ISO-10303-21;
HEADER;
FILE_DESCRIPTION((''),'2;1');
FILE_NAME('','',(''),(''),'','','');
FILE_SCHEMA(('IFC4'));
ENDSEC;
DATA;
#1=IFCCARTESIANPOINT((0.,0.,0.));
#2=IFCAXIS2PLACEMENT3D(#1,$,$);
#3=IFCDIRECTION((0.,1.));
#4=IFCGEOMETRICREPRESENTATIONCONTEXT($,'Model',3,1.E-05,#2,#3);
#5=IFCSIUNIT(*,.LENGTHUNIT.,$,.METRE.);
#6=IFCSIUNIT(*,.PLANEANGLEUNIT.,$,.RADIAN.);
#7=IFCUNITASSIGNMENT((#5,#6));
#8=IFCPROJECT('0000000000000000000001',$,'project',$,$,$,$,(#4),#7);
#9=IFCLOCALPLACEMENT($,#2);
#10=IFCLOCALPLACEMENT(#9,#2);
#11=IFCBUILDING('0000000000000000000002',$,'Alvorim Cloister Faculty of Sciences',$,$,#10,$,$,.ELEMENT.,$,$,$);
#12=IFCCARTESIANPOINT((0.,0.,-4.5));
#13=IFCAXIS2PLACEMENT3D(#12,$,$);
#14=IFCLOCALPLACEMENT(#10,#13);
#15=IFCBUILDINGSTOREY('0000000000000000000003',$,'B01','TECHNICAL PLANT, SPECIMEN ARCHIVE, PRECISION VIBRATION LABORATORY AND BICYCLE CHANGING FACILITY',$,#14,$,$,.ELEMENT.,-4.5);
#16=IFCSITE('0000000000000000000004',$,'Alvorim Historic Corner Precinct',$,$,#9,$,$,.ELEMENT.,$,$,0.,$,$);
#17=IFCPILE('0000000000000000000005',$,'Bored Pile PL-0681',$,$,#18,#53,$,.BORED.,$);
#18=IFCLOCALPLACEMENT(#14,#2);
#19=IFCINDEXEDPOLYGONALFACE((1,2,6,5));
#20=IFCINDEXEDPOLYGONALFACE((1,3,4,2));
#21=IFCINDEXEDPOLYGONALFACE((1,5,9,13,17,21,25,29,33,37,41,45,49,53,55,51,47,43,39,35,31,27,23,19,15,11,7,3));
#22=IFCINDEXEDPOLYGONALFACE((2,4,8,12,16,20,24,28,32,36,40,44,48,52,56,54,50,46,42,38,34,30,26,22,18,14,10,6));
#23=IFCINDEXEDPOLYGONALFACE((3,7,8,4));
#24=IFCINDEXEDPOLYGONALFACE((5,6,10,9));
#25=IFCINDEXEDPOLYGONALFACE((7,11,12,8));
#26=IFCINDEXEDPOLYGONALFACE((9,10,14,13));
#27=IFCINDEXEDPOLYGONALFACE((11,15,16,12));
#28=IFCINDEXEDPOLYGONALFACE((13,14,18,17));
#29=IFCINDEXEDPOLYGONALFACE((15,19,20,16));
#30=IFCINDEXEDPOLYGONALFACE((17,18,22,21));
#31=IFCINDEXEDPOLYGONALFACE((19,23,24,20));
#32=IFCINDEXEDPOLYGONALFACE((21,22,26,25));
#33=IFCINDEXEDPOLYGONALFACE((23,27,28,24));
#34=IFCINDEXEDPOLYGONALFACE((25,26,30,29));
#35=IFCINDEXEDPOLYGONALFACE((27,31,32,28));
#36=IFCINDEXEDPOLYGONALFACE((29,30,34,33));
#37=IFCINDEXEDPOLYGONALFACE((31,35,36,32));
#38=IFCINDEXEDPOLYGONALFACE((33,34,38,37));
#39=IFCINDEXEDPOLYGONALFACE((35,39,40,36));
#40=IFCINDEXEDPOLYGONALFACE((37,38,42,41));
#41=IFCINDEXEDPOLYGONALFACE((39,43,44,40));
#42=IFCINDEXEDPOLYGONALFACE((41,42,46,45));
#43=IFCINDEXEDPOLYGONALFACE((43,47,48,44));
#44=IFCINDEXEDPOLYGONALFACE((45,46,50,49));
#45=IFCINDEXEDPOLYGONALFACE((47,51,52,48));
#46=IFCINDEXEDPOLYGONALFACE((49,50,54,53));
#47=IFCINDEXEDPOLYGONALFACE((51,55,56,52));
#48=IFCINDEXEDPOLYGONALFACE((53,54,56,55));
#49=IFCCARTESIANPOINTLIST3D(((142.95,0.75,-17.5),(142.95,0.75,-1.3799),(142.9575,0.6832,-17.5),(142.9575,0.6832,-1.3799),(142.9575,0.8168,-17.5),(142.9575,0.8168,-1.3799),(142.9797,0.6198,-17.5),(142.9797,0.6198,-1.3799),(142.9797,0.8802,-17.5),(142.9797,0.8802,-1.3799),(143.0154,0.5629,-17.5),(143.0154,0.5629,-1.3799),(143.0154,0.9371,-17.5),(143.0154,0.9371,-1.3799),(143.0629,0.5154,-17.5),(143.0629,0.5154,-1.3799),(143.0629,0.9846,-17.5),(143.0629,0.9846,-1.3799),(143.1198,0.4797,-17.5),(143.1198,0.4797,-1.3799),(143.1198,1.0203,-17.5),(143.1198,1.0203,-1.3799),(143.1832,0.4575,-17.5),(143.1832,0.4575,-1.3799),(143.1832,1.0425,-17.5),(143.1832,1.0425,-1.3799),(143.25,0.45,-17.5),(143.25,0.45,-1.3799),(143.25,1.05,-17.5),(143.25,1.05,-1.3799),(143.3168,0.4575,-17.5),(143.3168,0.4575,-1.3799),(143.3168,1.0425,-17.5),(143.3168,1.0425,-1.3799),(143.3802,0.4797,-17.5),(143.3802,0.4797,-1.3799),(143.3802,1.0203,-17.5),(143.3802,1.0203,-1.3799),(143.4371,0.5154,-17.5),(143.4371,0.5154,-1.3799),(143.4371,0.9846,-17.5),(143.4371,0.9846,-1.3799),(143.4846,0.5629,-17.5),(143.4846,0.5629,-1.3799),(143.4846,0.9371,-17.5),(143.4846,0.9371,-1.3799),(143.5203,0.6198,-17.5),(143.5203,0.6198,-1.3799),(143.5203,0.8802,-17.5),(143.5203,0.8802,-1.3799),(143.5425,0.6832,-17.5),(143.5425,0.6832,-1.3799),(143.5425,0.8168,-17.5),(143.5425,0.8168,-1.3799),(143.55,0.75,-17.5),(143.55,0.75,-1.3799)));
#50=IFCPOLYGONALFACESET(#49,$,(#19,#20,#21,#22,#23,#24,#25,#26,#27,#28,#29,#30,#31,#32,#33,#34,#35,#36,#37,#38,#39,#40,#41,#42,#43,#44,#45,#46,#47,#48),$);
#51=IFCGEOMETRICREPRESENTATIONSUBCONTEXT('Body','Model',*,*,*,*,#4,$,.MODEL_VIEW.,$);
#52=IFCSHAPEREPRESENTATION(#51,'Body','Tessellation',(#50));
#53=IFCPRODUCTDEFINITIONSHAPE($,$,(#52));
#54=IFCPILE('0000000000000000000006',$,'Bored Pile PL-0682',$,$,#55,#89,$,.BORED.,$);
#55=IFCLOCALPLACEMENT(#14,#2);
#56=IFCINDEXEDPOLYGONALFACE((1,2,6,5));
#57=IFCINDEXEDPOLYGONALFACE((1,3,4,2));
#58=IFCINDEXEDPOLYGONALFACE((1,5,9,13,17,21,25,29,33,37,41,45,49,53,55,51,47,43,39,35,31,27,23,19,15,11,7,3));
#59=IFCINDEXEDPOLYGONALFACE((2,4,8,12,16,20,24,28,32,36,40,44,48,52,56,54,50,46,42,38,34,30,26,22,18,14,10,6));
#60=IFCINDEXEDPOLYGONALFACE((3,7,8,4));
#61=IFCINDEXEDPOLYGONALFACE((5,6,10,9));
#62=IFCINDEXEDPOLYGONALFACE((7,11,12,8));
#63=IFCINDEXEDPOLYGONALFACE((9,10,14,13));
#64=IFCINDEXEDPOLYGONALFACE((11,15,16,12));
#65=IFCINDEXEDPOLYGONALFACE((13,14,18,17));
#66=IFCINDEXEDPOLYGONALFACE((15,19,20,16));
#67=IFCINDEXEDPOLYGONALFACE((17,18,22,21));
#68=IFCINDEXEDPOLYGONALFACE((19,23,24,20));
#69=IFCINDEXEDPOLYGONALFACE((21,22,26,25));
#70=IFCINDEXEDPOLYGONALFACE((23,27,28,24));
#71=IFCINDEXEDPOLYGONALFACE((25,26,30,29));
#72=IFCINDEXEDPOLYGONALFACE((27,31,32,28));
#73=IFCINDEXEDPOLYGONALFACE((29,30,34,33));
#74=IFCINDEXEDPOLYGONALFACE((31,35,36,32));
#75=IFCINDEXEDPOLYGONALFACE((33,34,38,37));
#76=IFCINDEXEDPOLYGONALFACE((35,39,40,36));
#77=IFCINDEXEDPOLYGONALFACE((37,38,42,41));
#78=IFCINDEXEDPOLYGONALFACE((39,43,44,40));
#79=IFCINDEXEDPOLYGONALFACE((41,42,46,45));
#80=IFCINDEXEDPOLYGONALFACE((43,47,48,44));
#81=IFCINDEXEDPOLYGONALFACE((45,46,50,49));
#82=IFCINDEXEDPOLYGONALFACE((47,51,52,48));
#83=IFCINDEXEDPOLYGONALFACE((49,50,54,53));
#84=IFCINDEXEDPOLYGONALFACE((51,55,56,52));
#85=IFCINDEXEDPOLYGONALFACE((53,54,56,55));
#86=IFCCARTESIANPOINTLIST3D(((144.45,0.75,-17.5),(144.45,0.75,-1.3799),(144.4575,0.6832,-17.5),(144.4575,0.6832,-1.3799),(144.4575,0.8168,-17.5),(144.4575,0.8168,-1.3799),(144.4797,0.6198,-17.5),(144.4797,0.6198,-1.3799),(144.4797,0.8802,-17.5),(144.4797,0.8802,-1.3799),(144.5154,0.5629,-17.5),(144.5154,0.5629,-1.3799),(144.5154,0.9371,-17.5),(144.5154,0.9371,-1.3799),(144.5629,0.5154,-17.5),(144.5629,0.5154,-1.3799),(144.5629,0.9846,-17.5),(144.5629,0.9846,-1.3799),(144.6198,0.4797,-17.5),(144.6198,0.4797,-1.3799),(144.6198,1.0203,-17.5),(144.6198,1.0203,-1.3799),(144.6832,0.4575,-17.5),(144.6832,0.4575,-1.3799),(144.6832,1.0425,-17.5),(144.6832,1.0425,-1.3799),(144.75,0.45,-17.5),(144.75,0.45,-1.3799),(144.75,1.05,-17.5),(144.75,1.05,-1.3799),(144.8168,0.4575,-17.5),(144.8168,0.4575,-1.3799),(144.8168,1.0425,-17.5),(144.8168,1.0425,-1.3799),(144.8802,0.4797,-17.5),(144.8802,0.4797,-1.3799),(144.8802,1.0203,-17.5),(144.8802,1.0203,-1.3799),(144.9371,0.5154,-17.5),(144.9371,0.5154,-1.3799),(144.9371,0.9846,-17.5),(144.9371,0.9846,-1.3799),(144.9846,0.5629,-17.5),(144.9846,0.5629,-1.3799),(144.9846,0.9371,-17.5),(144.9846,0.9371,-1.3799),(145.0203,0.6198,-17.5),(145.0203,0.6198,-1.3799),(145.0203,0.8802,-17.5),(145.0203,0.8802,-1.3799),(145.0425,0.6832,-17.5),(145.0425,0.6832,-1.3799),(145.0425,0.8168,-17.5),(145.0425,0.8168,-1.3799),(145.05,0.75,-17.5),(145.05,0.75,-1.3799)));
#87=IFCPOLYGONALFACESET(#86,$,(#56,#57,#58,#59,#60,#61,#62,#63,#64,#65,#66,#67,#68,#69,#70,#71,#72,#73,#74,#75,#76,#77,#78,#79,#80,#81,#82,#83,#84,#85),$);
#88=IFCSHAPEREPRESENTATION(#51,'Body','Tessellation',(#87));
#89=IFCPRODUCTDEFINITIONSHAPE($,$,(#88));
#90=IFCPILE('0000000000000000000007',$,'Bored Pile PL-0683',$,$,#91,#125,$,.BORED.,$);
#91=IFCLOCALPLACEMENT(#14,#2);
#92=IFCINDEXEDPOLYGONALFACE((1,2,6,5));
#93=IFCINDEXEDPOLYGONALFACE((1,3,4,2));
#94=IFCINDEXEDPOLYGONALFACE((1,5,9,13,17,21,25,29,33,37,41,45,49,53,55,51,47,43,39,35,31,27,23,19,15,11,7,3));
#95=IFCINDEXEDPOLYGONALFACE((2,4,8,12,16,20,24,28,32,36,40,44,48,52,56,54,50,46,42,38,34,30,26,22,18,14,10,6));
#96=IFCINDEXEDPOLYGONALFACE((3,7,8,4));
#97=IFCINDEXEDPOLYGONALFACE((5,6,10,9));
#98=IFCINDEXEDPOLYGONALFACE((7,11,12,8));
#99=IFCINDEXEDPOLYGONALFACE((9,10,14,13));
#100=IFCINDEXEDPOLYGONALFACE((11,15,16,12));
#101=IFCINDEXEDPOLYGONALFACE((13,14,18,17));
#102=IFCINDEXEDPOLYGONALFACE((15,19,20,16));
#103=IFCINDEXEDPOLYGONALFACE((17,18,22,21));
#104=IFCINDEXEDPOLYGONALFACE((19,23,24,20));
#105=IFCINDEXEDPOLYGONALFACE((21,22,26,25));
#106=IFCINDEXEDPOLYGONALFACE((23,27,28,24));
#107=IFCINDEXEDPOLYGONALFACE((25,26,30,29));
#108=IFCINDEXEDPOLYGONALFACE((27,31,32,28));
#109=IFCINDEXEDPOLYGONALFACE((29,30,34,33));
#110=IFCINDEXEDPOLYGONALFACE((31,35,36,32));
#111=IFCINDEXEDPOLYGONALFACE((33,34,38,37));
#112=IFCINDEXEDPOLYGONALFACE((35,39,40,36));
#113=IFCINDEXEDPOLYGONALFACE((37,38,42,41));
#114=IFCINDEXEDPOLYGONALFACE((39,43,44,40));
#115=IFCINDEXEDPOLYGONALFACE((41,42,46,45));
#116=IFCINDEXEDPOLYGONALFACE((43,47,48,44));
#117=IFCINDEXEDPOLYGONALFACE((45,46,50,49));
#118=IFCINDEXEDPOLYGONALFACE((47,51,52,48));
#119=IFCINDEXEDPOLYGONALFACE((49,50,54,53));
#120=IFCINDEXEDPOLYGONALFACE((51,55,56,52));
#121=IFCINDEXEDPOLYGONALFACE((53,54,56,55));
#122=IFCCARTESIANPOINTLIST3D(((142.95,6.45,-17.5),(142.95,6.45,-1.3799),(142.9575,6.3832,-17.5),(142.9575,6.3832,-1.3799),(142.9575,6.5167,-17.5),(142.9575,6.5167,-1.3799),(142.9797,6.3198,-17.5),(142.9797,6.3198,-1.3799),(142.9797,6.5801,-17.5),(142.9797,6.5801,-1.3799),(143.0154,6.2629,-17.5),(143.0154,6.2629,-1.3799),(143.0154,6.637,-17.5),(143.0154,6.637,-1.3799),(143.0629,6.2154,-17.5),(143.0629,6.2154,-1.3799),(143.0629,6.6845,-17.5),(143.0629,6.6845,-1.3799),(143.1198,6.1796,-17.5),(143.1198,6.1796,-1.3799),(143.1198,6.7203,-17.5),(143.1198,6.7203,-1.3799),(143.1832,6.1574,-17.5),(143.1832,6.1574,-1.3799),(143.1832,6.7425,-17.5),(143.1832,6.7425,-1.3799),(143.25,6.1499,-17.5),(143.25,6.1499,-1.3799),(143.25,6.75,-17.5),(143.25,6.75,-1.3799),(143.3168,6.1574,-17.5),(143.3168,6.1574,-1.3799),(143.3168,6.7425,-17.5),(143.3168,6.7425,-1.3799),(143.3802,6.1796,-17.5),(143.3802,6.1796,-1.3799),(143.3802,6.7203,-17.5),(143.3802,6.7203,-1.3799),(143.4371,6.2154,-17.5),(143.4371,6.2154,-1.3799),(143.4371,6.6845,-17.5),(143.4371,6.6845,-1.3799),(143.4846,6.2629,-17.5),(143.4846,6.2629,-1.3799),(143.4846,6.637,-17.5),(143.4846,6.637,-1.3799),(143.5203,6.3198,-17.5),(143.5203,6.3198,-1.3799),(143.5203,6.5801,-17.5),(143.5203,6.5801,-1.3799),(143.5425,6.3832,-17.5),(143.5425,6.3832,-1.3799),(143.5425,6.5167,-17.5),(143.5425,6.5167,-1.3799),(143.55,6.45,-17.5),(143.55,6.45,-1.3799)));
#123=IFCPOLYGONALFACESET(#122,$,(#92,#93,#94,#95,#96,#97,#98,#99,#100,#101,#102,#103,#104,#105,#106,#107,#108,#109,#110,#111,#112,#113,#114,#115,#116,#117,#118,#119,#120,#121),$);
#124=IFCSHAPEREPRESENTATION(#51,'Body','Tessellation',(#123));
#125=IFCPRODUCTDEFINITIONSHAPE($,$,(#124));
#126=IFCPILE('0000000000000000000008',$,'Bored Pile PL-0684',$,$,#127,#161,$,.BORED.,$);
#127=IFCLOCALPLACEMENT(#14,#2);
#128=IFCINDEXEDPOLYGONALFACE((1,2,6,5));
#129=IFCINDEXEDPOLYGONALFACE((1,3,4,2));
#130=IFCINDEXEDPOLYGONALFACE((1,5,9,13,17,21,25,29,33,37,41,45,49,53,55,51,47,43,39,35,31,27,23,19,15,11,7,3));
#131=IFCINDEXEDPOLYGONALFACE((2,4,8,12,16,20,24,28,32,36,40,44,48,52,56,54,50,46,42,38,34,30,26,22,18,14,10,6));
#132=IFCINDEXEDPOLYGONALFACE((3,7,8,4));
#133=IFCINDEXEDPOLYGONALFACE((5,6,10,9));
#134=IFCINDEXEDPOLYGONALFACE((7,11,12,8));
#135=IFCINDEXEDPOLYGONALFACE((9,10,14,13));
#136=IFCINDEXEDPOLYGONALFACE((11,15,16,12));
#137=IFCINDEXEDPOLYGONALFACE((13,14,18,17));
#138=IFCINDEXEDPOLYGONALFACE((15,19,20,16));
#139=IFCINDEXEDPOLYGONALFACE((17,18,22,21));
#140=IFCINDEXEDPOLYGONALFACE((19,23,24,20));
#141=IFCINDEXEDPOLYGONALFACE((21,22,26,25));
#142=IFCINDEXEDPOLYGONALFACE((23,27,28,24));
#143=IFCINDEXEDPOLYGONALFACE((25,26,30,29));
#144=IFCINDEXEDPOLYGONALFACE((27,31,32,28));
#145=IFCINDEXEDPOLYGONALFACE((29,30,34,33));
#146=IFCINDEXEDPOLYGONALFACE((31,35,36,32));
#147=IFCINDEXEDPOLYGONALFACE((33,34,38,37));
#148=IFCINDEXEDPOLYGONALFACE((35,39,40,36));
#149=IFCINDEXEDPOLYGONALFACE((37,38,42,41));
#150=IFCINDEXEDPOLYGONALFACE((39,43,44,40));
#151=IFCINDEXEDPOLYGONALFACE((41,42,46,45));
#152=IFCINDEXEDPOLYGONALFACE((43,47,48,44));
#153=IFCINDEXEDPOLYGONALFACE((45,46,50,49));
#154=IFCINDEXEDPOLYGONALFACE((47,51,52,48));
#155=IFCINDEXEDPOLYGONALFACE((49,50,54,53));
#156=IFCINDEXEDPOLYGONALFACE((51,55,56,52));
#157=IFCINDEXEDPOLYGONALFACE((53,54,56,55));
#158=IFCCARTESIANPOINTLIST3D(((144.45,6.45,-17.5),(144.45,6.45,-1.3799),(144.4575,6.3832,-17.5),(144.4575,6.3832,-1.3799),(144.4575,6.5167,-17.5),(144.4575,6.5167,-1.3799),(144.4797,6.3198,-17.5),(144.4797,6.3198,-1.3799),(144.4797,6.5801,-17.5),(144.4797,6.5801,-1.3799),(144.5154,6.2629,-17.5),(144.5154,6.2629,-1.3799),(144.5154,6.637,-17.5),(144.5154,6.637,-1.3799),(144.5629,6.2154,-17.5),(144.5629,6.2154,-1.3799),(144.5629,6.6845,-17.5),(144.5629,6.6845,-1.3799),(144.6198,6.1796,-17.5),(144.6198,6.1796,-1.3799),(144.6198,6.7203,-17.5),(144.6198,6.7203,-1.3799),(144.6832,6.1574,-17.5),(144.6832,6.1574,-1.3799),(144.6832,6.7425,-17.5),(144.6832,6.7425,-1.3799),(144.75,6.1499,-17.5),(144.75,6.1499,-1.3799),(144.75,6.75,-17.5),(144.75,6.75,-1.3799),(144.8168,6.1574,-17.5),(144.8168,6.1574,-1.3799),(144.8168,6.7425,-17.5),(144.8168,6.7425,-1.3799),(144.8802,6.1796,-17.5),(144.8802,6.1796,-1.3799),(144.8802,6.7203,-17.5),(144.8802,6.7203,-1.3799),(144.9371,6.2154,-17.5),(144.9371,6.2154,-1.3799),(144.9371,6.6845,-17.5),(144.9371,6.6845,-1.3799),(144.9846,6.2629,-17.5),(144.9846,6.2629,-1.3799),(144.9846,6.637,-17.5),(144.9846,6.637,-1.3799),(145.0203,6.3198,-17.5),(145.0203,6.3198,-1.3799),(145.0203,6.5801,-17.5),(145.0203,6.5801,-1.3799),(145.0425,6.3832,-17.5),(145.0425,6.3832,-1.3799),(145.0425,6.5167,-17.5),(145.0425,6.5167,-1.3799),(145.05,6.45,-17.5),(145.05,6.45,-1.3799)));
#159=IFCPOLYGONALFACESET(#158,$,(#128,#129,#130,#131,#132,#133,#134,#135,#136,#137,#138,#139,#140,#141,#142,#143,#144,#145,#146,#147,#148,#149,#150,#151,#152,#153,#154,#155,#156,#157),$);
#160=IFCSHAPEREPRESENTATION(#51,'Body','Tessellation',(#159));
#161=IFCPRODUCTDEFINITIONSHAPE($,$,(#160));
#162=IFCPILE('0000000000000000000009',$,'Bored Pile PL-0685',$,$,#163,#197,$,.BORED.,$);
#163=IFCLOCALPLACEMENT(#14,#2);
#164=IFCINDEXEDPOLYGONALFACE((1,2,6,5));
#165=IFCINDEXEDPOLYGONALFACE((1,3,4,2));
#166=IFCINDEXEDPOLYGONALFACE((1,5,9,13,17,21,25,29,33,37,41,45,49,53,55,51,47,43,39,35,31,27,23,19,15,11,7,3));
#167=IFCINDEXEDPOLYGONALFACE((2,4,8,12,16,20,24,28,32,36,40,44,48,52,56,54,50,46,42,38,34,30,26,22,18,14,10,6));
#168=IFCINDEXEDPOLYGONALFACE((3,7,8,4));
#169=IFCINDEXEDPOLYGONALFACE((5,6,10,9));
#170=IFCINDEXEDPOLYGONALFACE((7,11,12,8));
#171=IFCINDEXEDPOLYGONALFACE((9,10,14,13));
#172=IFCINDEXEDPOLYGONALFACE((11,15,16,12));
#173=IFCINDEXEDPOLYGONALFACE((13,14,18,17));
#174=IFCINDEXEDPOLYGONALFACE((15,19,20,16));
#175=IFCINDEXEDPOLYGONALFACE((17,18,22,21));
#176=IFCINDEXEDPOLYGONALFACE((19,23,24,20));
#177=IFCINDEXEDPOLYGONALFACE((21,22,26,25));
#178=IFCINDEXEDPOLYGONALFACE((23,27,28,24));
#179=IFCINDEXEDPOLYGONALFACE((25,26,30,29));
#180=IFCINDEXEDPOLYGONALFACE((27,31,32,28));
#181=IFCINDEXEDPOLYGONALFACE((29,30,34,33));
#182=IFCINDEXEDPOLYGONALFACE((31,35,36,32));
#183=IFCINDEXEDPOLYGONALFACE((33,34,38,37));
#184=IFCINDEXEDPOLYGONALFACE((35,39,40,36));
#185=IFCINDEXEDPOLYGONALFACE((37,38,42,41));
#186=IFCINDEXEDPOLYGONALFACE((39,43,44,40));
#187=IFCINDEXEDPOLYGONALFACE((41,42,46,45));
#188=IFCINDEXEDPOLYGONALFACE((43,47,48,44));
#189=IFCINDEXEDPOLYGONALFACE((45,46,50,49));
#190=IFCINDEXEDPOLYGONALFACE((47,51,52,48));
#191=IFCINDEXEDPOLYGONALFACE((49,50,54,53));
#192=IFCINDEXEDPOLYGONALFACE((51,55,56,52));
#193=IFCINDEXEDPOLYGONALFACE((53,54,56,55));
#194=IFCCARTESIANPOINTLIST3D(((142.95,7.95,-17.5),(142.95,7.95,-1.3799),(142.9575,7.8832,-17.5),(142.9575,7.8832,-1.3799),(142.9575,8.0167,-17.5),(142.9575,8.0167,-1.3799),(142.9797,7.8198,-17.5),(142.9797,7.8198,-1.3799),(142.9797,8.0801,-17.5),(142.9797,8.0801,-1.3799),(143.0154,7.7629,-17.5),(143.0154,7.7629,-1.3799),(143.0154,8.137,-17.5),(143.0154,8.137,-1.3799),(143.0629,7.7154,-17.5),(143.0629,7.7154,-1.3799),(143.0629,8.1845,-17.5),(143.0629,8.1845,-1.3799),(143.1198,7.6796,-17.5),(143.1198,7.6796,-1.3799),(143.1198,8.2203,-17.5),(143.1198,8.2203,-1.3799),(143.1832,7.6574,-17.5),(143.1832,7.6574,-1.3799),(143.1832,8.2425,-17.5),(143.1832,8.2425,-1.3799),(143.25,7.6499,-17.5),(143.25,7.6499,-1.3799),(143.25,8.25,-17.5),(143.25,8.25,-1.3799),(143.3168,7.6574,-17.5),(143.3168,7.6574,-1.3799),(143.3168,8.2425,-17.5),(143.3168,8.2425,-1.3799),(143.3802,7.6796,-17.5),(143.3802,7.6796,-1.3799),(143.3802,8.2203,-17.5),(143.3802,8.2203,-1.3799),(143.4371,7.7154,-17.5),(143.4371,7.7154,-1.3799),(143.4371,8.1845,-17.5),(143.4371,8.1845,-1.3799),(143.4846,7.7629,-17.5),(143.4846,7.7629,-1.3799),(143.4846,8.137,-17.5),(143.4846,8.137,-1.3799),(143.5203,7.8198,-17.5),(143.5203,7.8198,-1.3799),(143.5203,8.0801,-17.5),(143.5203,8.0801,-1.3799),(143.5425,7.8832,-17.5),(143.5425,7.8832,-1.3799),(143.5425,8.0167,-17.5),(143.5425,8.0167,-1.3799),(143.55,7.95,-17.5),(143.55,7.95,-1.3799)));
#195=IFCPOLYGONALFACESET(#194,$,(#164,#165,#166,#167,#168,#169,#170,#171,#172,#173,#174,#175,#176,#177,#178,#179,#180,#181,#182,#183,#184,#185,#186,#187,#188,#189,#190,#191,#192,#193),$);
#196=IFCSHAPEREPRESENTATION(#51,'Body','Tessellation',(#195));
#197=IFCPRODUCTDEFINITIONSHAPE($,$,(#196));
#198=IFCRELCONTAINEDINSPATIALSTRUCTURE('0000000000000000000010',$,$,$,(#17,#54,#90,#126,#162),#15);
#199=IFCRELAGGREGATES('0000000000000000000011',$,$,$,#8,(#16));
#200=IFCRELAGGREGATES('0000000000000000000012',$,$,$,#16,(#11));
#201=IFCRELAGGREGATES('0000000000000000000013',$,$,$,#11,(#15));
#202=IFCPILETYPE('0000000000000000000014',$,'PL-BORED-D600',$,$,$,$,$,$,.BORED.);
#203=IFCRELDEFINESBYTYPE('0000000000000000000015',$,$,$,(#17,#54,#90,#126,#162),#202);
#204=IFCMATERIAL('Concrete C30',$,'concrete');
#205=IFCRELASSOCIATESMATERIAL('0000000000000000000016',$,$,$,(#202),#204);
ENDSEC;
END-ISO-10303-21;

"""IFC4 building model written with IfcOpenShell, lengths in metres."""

from ifc_helpers import new_model, si_unit, direction, frame, origin, origin_2d, place, context, subcontext, project, spatial, circle, extrude, material, material_profile, profile_set, type_object, element, save


model = new_model("IFC4")

# Units and contexts
model_context = context("Model", 3, precision=1e-05, world=origin(), true_north=direction((0.0, 1.0)))
body_context = subcontext(model_context, "Body", "Model", "MODEL_VIEW")
ifc_project = project(units=[si_unit("LENGTHUNIT", "METRE"), si_unit("PLANEANGLEUNIT", "RADIAN")], contexts=[model_context])

# Site, building, storey
site_placement = place(None, origin())
site = spatial("IfcSite", under=ifc_project, at=site_placement, Name="Alvorim Historic Corner Precinct", CompositionType="ELEMENT", RefElevation=0.0)
building_placement = place(site_placement, origin())
building = spatial("IfcBuilding", under=site, at=building_placement, Name="Alvorim Cloister Faculty of Sciences", CompositionType="ELEMENT")
storey_placement = place(building_placement, frame((0.0, 0.0, -4.5)))
storey = spatial("IfcBuildingStorey", under=building, at=storey_placement, Name="B01", Description="TECHNICAL PLANT, SPECIMEN ARCHIVE, PRECISION VIBRATION LABORATORY AND BICYCLE CHANGING FACILITY", CompositionType="ELEMENT", Elevation=-4.5)

# Piles
ifc_material_1 = material(Name="Concrete C30", Category="concrete")
ifc_material_profile_1 = material_profile(ifc_material_1, circle(Radius=0.3, at=origin_2d()), Name="PILE-D600")
ifc_profile_set_1 = profile_set([ifc_material_profile_1], Name="Concrete C30")
pile_type = type_object("IfcPileType", Name="PL-BORED-D600", PredefinedType="BORED", material=ifc_profile_set_1)
for number, where, z_axis, x_axis, name in (
    (1, (143.25, 0.75, -1.3799), (0.0, 0.0, -1.0), (1.0, 0.0, 0.0), "Bored Pile PL-0681"),
    (2, (144.75, 0.75, -1.3799), (0.0, 0.0, -1.0), (1.0, 0.0, 0.0), "Bored Pile PL-0682"),
    (3, (143.25, 6.45, -1.3799), (0.0, 0.0, -1.0), (1.0, 0.0, 0.0), "Bored Pile PL-0683"),
    (4, (144.75, 6.45, -1.3799), (0.0, 0.0, -1.0), (1.0, 0.0, 0.0), "Bored Pile PL-0684"),
    (5, (143.25, 7.95, -1.3799), (0.0, 0.0, -1.0), (1.0, 0.0, 0.0), "Bored Pile PL-0685"),
):
    element("IfcPile", number, at=place(storey_placement, frame(where, z_axis=z_axis, x_axis=x_axis)), inside=storey, type_object=pile_type, Name=name, PredefinedType="BORED", context=body_context, shape_type="SweptSolid", body=[
        extrude(circle(Radius=0.3, at=origin_2d()), origin(), (0.0, 0.0, 1.0), 16.1201),
    ])

save(model, "model.ifc")
